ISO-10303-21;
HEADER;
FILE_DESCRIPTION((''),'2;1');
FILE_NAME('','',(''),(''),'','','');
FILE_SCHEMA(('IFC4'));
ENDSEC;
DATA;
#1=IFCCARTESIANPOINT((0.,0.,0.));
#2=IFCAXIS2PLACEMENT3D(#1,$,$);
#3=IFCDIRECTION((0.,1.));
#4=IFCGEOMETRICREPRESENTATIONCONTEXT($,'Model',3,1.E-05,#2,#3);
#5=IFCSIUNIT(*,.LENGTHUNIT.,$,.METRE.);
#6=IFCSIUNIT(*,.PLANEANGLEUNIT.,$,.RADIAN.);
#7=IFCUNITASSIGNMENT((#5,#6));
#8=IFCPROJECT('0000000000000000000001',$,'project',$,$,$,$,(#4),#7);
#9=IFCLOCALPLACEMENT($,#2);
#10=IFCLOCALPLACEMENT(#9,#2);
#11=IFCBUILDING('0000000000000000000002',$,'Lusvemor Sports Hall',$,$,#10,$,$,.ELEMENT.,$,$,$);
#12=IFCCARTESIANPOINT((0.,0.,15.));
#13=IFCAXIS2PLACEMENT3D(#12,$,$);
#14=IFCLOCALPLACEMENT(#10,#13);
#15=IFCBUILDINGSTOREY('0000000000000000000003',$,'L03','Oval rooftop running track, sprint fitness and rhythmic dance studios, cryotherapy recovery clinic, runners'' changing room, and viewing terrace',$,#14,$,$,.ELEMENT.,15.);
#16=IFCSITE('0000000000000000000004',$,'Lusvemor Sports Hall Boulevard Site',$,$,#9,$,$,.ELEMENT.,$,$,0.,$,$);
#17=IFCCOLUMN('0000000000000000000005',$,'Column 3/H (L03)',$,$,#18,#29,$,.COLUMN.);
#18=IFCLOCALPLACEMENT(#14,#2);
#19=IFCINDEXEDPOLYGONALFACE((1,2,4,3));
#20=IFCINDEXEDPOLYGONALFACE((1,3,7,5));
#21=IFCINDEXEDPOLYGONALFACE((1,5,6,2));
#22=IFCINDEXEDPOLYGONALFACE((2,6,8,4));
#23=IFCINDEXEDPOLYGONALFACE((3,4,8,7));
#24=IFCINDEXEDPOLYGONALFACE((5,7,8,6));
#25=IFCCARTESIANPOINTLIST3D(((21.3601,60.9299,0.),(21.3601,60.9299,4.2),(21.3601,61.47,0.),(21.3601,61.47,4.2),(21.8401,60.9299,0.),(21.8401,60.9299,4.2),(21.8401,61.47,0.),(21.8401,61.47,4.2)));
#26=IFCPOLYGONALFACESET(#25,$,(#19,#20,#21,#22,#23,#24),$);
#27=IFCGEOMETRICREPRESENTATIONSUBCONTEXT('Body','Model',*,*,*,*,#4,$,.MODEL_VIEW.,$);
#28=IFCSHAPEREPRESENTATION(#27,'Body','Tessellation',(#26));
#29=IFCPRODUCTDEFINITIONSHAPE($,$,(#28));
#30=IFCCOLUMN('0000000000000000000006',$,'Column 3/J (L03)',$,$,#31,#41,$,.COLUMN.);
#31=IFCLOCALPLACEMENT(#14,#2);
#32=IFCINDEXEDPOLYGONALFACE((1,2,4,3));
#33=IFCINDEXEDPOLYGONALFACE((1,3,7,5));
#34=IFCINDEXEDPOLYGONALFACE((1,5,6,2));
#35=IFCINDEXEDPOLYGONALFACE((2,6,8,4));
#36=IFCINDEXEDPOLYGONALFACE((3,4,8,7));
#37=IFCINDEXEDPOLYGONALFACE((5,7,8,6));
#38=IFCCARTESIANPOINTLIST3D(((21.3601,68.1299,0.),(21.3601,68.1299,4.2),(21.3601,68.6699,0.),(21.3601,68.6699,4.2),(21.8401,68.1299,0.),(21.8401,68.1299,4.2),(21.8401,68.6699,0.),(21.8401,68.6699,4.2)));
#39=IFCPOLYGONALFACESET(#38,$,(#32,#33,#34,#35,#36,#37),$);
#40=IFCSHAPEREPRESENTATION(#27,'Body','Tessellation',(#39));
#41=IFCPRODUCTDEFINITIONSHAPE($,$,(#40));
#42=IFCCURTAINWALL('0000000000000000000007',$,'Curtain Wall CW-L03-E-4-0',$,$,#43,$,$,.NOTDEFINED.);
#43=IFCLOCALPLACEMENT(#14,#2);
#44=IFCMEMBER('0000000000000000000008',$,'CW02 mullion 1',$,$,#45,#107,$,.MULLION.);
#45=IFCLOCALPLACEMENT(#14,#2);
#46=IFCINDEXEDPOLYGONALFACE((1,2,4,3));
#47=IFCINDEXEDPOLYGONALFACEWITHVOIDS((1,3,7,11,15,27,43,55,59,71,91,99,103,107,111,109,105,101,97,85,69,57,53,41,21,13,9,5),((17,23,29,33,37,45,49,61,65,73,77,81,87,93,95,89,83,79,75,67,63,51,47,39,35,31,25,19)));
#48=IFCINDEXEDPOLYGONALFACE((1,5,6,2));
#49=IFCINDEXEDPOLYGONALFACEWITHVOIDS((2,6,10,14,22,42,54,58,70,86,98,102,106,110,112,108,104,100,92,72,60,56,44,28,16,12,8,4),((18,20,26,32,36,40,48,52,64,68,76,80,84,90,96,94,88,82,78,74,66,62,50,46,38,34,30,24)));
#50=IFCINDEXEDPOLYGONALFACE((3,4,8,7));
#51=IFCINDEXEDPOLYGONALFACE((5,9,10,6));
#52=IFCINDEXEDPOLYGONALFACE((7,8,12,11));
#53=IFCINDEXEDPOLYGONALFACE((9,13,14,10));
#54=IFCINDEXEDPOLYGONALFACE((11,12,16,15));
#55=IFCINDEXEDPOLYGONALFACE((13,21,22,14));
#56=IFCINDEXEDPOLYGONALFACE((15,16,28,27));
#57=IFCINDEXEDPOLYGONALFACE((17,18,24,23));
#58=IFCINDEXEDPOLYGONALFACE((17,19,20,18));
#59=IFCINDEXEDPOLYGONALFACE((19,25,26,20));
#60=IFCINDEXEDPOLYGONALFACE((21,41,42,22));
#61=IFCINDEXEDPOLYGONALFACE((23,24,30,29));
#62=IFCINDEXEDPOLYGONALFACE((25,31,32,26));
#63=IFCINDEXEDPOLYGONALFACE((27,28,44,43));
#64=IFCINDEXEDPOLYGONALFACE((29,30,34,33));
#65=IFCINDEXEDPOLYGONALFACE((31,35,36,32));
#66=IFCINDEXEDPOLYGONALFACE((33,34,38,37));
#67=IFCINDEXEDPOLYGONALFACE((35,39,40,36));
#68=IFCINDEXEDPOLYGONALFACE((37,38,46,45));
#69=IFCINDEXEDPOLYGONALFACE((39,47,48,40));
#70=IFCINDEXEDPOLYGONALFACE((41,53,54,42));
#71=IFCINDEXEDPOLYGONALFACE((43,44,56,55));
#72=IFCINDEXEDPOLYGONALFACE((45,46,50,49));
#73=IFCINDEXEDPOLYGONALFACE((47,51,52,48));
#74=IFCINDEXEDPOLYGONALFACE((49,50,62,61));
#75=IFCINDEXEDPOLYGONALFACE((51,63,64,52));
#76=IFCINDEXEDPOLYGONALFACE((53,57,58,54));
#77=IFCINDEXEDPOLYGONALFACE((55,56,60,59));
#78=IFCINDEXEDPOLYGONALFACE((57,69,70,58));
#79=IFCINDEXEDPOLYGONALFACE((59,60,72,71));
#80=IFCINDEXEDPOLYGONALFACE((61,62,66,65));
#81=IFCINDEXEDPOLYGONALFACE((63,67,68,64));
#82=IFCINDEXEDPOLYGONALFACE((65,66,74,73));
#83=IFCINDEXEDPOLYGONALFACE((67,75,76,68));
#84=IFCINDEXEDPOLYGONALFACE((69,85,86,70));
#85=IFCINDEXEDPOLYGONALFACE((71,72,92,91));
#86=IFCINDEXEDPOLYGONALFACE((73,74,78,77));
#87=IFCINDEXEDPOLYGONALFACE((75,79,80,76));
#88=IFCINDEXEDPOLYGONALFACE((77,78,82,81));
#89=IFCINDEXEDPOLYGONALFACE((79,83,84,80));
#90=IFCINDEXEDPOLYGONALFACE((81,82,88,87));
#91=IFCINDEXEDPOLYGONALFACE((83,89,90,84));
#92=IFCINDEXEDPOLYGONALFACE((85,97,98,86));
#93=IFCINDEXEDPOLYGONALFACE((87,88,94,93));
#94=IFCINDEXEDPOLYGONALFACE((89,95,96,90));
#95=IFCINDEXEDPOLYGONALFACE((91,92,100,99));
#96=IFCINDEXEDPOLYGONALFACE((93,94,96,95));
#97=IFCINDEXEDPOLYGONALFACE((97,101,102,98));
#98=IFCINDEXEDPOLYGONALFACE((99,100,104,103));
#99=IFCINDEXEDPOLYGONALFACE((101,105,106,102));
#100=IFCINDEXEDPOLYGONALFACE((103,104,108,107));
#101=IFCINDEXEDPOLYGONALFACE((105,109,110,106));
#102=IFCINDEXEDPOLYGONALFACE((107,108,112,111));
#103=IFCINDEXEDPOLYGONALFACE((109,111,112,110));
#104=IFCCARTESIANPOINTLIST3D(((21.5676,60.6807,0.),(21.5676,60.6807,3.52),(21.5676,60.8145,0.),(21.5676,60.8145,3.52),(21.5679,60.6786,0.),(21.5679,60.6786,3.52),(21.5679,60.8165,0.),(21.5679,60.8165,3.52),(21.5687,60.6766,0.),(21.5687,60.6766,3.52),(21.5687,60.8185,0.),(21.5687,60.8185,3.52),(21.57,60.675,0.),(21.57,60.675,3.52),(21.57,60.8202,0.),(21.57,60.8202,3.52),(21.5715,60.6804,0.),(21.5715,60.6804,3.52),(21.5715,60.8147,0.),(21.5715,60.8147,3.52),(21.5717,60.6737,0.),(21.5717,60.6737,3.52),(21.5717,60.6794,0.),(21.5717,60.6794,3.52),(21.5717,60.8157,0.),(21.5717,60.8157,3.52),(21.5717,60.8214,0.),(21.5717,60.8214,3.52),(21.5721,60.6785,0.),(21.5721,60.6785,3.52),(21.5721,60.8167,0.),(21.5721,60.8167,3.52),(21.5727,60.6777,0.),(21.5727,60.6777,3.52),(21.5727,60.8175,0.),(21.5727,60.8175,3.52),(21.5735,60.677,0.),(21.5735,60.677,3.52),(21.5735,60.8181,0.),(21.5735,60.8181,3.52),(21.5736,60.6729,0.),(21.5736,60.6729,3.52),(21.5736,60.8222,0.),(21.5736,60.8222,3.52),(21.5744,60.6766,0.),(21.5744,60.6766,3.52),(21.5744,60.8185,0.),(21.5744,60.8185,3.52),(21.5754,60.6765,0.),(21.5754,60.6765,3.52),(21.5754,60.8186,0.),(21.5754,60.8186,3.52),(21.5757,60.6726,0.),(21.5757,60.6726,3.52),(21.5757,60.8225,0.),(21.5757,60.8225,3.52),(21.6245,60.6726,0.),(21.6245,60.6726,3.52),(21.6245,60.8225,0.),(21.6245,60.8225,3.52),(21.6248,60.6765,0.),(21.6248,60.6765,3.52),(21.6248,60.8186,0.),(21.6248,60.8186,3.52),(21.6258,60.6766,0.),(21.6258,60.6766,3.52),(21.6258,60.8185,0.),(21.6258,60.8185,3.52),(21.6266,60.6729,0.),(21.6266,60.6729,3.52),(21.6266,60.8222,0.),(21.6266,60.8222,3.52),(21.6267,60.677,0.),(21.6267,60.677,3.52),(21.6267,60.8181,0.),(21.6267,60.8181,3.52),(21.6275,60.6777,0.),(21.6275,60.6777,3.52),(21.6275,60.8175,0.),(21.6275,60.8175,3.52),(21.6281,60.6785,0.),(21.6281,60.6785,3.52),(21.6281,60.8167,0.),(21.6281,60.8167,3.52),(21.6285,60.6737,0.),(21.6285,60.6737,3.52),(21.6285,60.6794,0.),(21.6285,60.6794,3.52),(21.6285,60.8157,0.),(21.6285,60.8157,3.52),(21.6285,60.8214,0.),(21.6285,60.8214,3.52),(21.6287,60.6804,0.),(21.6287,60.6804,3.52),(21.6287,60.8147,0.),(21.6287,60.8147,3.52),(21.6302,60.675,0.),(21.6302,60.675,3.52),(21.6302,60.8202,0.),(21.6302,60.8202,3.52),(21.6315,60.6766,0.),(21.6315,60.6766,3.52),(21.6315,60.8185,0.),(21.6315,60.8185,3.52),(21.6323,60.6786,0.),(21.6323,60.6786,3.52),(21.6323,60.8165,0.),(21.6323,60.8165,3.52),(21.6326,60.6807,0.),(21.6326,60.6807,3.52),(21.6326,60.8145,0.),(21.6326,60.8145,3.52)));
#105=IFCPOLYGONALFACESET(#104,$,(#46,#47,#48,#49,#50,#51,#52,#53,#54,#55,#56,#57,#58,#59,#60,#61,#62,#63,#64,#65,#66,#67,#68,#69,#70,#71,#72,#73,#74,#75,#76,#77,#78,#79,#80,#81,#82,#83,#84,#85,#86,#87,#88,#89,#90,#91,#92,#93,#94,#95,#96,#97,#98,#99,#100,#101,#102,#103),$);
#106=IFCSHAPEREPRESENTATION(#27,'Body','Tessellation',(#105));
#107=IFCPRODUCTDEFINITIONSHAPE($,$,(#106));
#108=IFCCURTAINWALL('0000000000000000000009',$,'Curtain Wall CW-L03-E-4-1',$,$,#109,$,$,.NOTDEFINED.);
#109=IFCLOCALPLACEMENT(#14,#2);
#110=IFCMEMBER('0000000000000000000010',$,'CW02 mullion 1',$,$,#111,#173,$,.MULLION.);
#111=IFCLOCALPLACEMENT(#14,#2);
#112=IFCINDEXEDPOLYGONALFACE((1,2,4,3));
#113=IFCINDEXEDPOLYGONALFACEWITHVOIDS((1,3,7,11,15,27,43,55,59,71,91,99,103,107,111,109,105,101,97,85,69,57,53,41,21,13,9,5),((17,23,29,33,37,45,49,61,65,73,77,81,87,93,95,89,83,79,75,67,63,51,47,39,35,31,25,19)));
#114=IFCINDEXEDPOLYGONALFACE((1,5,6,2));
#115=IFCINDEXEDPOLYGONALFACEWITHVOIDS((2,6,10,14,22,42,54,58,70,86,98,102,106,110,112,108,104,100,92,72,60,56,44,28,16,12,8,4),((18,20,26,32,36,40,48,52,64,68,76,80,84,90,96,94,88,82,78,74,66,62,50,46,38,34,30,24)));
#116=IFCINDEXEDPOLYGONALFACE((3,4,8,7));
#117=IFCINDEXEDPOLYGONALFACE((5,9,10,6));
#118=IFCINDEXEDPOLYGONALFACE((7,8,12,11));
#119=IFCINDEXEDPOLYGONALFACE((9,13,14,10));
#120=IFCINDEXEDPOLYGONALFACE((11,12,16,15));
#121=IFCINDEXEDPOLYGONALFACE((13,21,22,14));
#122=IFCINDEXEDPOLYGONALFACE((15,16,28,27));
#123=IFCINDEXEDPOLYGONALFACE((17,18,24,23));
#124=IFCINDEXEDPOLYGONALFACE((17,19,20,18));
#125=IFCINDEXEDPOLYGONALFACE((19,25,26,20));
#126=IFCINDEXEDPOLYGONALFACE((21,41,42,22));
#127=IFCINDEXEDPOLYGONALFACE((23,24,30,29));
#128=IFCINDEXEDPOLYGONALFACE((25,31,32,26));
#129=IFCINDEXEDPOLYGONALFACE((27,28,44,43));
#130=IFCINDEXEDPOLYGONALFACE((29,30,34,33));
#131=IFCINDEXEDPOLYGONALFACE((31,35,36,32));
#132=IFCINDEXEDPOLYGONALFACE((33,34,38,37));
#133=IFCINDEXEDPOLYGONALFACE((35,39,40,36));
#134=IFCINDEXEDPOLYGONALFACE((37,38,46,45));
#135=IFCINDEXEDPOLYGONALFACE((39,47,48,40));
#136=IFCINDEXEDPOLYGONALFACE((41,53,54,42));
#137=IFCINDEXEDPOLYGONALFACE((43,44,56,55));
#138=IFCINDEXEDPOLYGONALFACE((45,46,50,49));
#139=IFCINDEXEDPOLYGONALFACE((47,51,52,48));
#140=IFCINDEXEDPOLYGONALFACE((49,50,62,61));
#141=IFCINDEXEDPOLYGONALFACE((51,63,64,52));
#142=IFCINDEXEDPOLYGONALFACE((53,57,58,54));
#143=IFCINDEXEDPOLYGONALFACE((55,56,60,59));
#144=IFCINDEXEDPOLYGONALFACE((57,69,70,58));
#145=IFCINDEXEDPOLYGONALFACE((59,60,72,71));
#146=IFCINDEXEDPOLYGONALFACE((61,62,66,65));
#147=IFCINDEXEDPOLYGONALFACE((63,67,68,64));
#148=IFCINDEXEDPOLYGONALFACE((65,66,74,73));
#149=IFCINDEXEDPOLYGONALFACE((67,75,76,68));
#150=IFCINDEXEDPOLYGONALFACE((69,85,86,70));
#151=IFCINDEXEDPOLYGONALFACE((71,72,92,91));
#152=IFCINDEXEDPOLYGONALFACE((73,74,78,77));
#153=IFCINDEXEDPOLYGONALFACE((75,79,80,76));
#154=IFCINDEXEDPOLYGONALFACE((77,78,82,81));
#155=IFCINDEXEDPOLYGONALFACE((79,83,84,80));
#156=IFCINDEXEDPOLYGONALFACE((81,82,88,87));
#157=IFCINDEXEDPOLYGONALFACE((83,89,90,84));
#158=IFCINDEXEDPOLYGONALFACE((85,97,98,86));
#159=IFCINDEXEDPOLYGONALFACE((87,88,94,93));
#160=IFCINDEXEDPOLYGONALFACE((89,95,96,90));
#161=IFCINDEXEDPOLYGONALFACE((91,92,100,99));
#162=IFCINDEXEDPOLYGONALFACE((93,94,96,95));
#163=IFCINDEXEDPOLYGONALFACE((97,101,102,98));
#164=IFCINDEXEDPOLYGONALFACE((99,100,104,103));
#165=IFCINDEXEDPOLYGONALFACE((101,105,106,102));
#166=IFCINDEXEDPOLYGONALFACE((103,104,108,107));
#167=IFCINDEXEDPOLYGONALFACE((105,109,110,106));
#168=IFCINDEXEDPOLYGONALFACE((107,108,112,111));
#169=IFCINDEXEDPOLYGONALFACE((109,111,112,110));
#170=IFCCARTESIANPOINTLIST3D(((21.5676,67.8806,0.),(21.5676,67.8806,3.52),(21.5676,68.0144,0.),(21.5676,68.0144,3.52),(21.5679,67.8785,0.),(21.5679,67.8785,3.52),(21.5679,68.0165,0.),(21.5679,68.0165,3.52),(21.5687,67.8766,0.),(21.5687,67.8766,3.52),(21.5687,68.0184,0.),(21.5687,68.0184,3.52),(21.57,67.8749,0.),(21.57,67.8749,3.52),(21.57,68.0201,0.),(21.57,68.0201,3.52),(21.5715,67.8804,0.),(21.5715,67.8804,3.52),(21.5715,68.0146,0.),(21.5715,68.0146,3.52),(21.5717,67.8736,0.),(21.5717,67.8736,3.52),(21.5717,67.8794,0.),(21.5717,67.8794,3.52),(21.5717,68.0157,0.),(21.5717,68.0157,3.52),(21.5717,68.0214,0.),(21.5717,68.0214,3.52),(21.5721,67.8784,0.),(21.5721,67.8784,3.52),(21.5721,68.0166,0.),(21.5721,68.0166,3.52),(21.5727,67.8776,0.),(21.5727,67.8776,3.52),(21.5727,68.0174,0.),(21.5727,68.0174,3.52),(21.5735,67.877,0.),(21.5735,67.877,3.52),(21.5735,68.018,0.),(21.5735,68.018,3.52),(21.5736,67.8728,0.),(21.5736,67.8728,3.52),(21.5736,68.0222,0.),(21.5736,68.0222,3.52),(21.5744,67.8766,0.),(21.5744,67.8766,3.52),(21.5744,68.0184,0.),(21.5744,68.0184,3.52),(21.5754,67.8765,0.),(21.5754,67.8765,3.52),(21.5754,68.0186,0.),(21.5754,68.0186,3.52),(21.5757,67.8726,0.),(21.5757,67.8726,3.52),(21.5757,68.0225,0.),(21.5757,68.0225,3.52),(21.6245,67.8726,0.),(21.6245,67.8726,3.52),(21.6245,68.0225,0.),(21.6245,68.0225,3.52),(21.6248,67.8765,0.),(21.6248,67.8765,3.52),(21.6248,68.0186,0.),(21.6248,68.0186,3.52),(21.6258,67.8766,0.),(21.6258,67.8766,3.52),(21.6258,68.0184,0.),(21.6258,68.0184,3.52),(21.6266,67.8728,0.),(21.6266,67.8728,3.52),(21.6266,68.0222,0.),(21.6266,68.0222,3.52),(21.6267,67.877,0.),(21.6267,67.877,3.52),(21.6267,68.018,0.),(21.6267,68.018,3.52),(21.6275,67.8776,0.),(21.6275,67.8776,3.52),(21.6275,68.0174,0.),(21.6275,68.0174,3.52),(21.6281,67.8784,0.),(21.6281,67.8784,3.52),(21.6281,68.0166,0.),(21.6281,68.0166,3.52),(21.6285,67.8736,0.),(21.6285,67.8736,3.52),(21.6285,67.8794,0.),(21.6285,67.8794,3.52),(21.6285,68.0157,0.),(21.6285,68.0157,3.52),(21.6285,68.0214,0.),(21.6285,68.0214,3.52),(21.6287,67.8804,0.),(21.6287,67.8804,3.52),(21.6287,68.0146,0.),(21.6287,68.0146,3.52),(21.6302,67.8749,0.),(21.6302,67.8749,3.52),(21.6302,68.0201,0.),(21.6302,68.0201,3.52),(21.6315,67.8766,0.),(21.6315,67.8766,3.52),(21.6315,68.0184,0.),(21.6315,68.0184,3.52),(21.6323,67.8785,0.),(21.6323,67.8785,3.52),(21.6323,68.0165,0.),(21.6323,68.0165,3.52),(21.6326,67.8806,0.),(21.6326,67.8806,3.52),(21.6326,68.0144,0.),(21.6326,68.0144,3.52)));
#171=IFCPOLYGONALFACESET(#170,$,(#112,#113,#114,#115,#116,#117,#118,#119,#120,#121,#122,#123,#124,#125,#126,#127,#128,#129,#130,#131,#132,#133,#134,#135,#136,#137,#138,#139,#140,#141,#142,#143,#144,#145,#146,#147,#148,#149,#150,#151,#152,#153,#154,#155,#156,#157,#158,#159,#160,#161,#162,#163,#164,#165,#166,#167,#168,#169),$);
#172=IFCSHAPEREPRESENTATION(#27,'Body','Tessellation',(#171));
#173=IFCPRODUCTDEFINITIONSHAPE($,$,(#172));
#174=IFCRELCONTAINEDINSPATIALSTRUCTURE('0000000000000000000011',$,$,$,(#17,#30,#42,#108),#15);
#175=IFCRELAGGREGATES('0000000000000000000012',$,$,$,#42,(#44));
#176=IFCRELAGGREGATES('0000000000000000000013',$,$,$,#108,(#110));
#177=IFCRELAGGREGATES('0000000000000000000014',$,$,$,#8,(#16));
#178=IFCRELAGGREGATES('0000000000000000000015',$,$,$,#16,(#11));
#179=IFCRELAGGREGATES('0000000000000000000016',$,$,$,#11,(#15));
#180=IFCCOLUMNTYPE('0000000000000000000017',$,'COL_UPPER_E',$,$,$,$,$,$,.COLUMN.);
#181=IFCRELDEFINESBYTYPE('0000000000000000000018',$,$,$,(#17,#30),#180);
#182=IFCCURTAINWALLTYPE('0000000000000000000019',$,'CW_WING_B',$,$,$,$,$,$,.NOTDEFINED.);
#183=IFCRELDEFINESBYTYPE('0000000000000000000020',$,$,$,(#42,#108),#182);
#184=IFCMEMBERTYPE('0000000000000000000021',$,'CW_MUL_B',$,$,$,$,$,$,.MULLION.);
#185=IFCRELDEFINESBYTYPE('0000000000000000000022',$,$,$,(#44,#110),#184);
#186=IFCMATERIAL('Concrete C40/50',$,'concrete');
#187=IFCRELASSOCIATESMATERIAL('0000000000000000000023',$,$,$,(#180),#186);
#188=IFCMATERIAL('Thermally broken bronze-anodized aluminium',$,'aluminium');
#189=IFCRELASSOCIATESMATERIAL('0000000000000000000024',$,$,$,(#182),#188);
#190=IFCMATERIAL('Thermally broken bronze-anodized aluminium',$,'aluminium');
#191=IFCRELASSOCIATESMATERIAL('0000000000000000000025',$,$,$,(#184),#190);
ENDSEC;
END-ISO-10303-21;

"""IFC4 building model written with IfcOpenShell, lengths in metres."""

from ifc_helpers import new_model, si_unit, direction, frame, origin, origin_2d, place, context, subcontext, project, spatial, rectangle, hollow_rectangle, extrude, material, material_profile, profile_set, type_object, element, aggregate, save


model = new_model("IFC4")

# Units and contexts
model_context = context("Model", 3, precision=1e-05, world=origin(), true_north=direction((0.0, 1.0)))
body_context = subcontext(model_context, "Body", "Model", "MODEL_VIEW")
ifc_project = project(units=[si_unit("LENGTHUNIT", "METRE"), si_unit("PLANEANGLEUNIT", "RADIAN")], contexts=[model_context])

# Site, building, storey
site_placement = place(None, origin())
site = spatial("IfcSite", under=ifc_project, at=site_placement, Name="Lusvemor Sports Hall Boulevard Site", CompositionType="ELEMENT", RefElevation=0.0)
building_placement = place(site_placement, origin())
building = spatial("IfcBuilding", under=site, at=building_placement, Name="Lusvemor Sports Hall", CompositionType="ELEMENT")
storey_placement = place(building_placement, frame((0.0, 0.0, 15.0)))
storey = spatial("IfcBuildingStorey", under=building, at=storey_placement, Name="L03", Description="Oval rooftop running track, sprint fitness and rhythmic dance studios, cryotherapy recovery clinic, runners' changing room, and viewing terrace", CompositionType="ELEMENT", Elevation=15.0)

# Columns
ifc_material_1 = material(Name="Concrete C40/50", Category="concrete")
ifc_material_profile_1 = material_profile(ifc_material_1, rectangle(XDim=0.48, YDim=0.54, at=origin_2d()), Name="RC480x540")
ifc_profile_set_1 = profile_set([ifc_material_profile_1], Name="Concrete C40/50")
column_type = type_object("IfcColumnType", Name="COL_UPPER_E", PredefinedType="COLUMN", material=ifc_profile_set_1)
for number, where, z_axis, x_axis, name in (
    (1, (21.6001, 61.2, 0.0), (0.0, 0.0, 1.0), (1.0, 0.0, 0.0), "Column 3/H (L03)"),
    (2, (21.6001, 68.3999, 0.0), (0.0, 0.0, 1.0), (1.0, 0.0, 0.0), "Column 3/J (L03)"),
):
    element("IfcColumn", number, at=place(storey_placement, frame(where, z_axis=z_axis, x_axis=x_axis)), inside=storey, type_object=column_type, Name=name, PredefinedType="COLUMN", context=body_context, shape_type="SweptSolid", body=[
        extrude(rectangle(XDim=0.48, YDim=0.54, at=origin_2d()), origin(), (0.0, 0.0, 1.0), 4.2),
    ])

# Curtain wall, member
ifc_material_2 = material(Name="Thermally broken bronze-anodized aluminium", Category="aluminium")
curtain_wall_type = type_object("IfcCurtainWallType", Name="CW_WING_B", PredefinedType="NOTDEFINED", material=ifc_material_2)
curtain_wall_1_placement = place(storey_placement, origin())
curtain_wall_1 = element("IfcCurtainWall", 3, at=curtain_wall_1_placement, inside=storey, type_object=curtain_wall_type, Name="Curtain Wall CW-L03-E-4-0", PredefinedType="NOTDEFINED")
ifc_material_3 = material(Name="Thermally broken bronze-anodized aluminium", Category="aluminium")
ifc_material_profile_2 = material_profile(ifc_material_3, hollow_rectangle(XDim=0.0649, YDim=0.1499, WallThickness=0.0039, InnerFilletRadius=0.0039, OuterFilletRadius=0.0081, at=origin_2d()), Name="CWMUL150x65x4")
ifc_profile_set_2 = profile_set([ifc_material_profile_2], Name="Thermally broken bronze-anodized aluminium")
member_type_1 = type_object("IfcMemberType", Name="CW_MUL_B", PredefinedType="MULLION", material=ifc_profile_set_2)
member_1_placement = place(storey_placement, frame((21.6001, 60.7476, 0.0), z_axis=(0.0, 0.0, 1.0), x_axis=(1.0, 0.0, 0.0)))
member_1 = element("IfcMember", 4, at=member_1_placement, type_object=member_type_1, Name="CW02 mullion 1", PredefinedType="MULLION", context=body_context, shape_type="SweptSolid", body=[
    extrude(hollow_rectangle(XDim=0.0649, YDim=0.1499, WallThickness=0.0039, InnerFilletRadius=0.0039, OuterFilletRadius=0.0081, at=origin_2d()), origin(), (0.0, 0.0, 1.0), 3.52),
])

# Curtain wall, member
curtain_wall_2_placement = place(storey_placement, origin())
curtain_wall_2 = element("IfcCurtainWall", 5, at=curtain_wall_2_placement, inside=storey, type_object=curtain_wall_type, Name="Curtain Wall CW-L03-E-4-1", PredefinedType="NOTDEFINED")
member_2_placement = place(storey_placement, frame((21.6001, 67.9475, 0.0), z_axis=(0.0, 0.0, 1.0), x_axis=(1.0, 0.0, 0.0)))
member_2 = element("IfcMember", 6, at=member_2_placement, type_object=member_type_1, Name="CW02 mullion 1", PredefinedType="MULLION", context=body_context, shape_type="SweptSolid", body=[
    extrude(hollow_rectangle(XDim=0.0649, YDim=0.1499, WallThickness=0.0039, InnerFilletRadius=0.0039, OuterFilletRadius=0.0081, at=origin_2d()), origin(), (0.0, 0.0, 1.0), 3.52),
])

aggregate(curtain_wall_1, [member_1])

aggregate(curtain_wall_2, [member_2])

save(model, "model.ifc")
